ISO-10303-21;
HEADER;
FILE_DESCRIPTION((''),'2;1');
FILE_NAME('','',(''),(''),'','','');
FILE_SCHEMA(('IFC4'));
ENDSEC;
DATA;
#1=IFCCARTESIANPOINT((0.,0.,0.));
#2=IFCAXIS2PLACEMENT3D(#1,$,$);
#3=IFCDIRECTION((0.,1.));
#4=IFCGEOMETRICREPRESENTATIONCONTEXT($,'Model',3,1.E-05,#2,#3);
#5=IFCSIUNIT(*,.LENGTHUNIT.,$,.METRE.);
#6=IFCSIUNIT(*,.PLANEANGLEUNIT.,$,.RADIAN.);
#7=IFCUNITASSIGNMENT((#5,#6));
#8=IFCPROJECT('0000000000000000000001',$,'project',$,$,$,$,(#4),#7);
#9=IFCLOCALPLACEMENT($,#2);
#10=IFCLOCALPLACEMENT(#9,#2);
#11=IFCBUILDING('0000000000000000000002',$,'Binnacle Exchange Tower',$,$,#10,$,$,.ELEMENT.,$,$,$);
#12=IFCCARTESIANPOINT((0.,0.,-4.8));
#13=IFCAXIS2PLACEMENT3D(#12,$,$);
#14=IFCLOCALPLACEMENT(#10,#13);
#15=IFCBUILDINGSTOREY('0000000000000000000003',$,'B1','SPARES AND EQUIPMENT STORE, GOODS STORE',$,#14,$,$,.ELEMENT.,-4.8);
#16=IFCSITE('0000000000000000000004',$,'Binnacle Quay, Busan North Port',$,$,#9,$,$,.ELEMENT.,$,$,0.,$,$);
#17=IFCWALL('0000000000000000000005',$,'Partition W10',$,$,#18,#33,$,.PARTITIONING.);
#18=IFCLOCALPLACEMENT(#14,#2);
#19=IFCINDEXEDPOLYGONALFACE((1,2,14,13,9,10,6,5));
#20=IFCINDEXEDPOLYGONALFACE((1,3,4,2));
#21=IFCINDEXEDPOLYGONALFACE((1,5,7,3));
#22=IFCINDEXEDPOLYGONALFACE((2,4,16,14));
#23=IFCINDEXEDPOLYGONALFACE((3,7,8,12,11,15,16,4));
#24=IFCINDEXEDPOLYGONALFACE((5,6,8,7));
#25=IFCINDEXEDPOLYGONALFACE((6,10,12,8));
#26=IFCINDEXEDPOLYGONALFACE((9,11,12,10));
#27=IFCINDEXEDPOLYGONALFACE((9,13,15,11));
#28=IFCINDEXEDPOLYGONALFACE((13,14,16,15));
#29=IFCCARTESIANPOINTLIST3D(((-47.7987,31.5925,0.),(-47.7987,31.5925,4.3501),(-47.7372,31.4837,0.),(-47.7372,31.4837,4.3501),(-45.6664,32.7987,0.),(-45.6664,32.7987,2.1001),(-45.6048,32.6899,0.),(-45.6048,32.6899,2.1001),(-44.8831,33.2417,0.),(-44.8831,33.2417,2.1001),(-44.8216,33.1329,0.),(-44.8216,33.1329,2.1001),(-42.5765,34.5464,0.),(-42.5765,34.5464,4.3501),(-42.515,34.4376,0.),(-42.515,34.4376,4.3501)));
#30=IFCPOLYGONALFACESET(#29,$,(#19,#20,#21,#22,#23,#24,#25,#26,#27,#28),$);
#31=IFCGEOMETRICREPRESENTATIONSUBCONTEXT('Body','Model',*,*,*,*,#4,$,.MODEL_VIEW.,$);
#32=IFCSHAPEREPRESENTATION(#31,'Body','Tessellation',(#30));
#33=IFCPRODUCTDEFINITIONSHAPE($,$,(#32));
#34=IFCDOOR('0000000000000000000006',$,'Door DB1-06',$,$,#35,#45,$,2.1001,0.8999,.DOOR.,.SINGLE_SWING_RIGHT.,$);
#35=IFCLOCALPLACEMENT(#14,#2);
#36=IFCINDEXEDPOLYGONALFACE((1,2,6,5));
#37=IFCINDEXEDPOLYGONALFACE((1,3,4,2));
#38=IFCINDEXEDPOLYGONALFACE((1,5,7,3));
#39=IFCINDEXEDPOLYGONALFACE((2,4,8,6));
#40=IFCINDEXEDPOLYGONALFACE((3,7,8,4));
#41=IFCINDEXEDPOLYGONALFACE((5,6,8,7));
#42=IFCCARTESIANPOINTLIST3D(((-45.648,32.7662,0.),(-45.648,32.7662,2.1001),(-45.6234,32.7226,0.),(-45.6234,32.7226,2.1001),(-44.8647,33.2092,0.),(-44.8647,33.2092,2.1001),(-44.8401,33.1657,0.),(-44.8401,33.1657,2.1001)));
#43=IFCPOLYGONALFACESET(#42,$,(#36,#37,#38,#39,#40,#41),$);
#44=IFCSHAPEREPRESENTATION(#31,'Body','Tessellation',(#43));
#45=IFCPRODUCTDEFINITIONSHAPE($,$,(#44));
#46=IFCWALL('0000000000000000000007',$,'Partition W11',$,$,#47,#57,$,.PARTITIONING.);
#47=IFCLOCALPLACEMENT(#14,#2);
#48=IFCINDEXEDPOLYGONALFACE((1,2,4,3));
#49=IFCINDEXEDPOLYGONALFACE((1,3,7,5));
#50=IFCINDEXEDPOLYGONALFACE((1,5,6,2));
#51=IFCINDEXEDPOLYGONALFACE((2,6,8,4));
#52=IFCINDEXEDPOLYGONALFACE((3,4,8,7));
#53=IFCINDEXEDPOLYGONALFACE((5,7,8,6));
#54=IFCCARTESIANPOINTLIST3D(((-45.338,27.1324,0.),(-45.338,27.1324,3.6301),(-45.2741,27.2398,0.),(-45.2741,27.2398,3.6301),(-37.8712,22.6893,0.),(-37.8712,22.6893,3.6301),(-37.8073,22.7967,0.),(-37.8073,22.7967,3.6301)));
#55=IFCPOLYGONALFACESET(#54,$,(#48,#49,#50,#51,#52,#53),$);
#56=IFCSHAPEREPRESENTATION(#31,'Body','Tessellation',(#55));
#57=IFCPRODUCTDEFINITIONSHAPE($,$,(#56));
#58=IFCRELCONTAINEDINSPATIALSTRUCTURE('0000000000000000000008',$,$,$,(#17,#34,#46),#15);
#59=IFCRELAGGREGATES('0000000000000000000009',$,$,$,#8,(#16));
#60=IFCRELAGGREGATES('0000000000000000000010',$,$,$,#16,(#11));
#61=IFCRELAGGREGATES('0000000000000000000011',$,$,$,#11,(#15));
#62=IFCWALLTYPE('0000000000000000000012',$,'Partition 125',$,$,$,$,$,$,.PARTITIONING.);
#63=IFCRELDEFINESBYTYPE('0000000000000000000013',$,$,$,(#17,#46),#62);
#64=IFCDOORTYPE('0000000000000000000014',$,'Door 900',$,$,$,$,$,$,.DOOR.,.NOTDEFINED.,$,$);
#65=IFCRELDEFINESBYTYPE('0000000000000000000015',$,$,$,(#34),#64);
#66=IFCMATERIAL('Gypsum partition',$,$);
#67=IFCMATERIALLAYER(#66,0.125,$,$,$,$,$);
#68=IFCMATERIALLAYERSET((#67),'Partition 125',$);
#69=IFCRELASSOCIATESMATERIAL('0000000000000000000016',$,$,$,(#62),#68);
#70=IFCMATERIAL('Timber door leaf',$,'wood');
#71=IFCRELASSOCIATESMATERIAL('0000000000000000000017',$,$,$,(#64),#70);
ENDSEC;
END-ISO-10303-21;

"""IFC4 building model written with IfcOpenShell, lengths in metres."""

from ifc_helpers import new_model, si_unit, direction, frame, frame_2d, origin, place, context, subcontext, project, spatial, rectangle, extrude, material, layer, layer_set, type_object, element, fill, save


model = new_model("IFC4")

# Units and contexts
model_context = context("Model", 3, precision=1e-05, world=origin(), true_north=direction((0.0, 1.0)))
body_context = subcontext(model_context, "Body", "Model", "MODEL_VIEW")
ifc_project = project(units=[si_unit("LENGTHUNIT", "METRE"), si_unit("PLANEANGLEUNIT", "RADIAN")], contexts=[model_context])

# Site, building, storey
site_placement = place(None, origin())
site = spatial("IfcSite", under=ifc_project, at=site_placement, Name="Binnacle Quay, Busan North Port", CompositionType="ELEMENT", RefElevation=0.0)
building_placement = place(site_placement, origin())
building = spatial("IfcBuilding", under=site, at=building_placement, Name="Binnacle Exchange Tower", CompositionType="ELEMENT")
storey_placement = place(building_placement, frame((0.0, 0.0, -4.8)))
storey = spatial("IfcBuildingStorey", under=building, at=storey_placement, Name="B1", Description="SPARES AND EQUIPMENT STORE, GOODS STORE", CompositionType="ELEMENT", Elevation=-4.8)

# Shared definitions
ifc_material_1 = material(Name="Gypsum partition")
ifc_layer_1 = layer(ifc_material_1, 0.125)
ifc_layer_set_1 = layer_set([ifc_layer_1], Name="Partition 125")
wall_type_1 = type_object("IfcWallType", Name="Partition 125", PredefinedType="PARTITIONING", material=ifc_layer_set_1)
ifc_material_2 = material(Name="Timber door leaf", Category="wood")
door_type_1 = type_object("IfcDoorType", Name="Door 900", OperationType="NOTDEFINED", PredefinedType="DOOR", material=ifc_material_2)

# Wall, opening, door
wall_1_placement = place(storey_placement, frame((-47.7681, 31.5381, 0.0), z_axis=(0.0, 0.0, 1.0), x_axis=(0.870406, 0.492335, 0.0)))
wall_1 = element("IfcWall", 1, at=wall_1_placement, inside=storey, type_object=wall_type_1, Name="Partition W10", PredefinedType="PARTITIONING", context=body_context, shape_type="SweptSolid", body=[
    extrude(rectangle(XDim=5.9998, YDim=0.125, at=frame_2d((3.0, 0.0))), origin(), (0.0, 0.0, 1.0), 4.3501),
])
opening_1_placement = place(wall_1_placement, frame((2.45, 0.0, 0.0)))
opening_1 = element("IfcOpeningElement", 2, at=opening_1_placement, cuts=wall_1, PredefinedType="OPENING", context=body_context, shape_type="SweptSolid", body=[
    extrude(rectangle(XDim=0.8999, YDim=2.1001, at=frame_2d((0.45, 1.05))), frame((0.0, 0.0725, 0.0), z_axis=(0.0, -1.0, 0.0), x_axis=(1.0, 0.0, 0.0)), (0.0, 0.0, 1.0), 0.145),
])
door_1_placement = place(opening_1_placement, frame((0.8999, 0.0, 0.0), z_axis=(0.0, 0.0, 1.0), x_axis=(-1.0, 0.0, 0.0)))
door_1 = element("IfcDoor", 3, at=door_1_placement, inside=storey, type_object=door_type_1, Name="Door DB1-06", OperationType="SINGLE_SWING_RIGHT", OverallHeight=2.1001, OverallWidth=0.8999, PredefinedType="DOOR", context=body_context, shape_type="SweptSolid", body=[
    extrude(rectangle(XDim=0.8999, YDim=2.1001, at=frame_2d((0.45, 1.05))), frame((0.0, 0.0249, 0.0), z_axis=(0.0, -1.0, 0.0), x_axis=(1.0, 0.0, 0.0)), (0.0, 0.0, 1.0), 0.05),
])
fill(opening_1, door_1)

# Wall
wall_2_placement = place(storey_placement, frame((-45.3059, 27.186, 0.0), z_axis=(0.0, 0.0, 1.0), x_axis=(0.859364, -0.511364, 0.0)))
element("IfcWall", 4, at=wall_2_placement, inside=storey, type_object=wall_type_1, Name="Partition W11", PredefinedType="PARTITIONING", context=body_context, shape_type="SweptSolid", body=[
    extrude(rectangle(XDim=8.6887, YDim=0.125, at=frame_2d((4.3442, 0.0))), origin(), (0.0, 0.0, 1.0), 3.6301),
])

save(model, "model.ifc")
